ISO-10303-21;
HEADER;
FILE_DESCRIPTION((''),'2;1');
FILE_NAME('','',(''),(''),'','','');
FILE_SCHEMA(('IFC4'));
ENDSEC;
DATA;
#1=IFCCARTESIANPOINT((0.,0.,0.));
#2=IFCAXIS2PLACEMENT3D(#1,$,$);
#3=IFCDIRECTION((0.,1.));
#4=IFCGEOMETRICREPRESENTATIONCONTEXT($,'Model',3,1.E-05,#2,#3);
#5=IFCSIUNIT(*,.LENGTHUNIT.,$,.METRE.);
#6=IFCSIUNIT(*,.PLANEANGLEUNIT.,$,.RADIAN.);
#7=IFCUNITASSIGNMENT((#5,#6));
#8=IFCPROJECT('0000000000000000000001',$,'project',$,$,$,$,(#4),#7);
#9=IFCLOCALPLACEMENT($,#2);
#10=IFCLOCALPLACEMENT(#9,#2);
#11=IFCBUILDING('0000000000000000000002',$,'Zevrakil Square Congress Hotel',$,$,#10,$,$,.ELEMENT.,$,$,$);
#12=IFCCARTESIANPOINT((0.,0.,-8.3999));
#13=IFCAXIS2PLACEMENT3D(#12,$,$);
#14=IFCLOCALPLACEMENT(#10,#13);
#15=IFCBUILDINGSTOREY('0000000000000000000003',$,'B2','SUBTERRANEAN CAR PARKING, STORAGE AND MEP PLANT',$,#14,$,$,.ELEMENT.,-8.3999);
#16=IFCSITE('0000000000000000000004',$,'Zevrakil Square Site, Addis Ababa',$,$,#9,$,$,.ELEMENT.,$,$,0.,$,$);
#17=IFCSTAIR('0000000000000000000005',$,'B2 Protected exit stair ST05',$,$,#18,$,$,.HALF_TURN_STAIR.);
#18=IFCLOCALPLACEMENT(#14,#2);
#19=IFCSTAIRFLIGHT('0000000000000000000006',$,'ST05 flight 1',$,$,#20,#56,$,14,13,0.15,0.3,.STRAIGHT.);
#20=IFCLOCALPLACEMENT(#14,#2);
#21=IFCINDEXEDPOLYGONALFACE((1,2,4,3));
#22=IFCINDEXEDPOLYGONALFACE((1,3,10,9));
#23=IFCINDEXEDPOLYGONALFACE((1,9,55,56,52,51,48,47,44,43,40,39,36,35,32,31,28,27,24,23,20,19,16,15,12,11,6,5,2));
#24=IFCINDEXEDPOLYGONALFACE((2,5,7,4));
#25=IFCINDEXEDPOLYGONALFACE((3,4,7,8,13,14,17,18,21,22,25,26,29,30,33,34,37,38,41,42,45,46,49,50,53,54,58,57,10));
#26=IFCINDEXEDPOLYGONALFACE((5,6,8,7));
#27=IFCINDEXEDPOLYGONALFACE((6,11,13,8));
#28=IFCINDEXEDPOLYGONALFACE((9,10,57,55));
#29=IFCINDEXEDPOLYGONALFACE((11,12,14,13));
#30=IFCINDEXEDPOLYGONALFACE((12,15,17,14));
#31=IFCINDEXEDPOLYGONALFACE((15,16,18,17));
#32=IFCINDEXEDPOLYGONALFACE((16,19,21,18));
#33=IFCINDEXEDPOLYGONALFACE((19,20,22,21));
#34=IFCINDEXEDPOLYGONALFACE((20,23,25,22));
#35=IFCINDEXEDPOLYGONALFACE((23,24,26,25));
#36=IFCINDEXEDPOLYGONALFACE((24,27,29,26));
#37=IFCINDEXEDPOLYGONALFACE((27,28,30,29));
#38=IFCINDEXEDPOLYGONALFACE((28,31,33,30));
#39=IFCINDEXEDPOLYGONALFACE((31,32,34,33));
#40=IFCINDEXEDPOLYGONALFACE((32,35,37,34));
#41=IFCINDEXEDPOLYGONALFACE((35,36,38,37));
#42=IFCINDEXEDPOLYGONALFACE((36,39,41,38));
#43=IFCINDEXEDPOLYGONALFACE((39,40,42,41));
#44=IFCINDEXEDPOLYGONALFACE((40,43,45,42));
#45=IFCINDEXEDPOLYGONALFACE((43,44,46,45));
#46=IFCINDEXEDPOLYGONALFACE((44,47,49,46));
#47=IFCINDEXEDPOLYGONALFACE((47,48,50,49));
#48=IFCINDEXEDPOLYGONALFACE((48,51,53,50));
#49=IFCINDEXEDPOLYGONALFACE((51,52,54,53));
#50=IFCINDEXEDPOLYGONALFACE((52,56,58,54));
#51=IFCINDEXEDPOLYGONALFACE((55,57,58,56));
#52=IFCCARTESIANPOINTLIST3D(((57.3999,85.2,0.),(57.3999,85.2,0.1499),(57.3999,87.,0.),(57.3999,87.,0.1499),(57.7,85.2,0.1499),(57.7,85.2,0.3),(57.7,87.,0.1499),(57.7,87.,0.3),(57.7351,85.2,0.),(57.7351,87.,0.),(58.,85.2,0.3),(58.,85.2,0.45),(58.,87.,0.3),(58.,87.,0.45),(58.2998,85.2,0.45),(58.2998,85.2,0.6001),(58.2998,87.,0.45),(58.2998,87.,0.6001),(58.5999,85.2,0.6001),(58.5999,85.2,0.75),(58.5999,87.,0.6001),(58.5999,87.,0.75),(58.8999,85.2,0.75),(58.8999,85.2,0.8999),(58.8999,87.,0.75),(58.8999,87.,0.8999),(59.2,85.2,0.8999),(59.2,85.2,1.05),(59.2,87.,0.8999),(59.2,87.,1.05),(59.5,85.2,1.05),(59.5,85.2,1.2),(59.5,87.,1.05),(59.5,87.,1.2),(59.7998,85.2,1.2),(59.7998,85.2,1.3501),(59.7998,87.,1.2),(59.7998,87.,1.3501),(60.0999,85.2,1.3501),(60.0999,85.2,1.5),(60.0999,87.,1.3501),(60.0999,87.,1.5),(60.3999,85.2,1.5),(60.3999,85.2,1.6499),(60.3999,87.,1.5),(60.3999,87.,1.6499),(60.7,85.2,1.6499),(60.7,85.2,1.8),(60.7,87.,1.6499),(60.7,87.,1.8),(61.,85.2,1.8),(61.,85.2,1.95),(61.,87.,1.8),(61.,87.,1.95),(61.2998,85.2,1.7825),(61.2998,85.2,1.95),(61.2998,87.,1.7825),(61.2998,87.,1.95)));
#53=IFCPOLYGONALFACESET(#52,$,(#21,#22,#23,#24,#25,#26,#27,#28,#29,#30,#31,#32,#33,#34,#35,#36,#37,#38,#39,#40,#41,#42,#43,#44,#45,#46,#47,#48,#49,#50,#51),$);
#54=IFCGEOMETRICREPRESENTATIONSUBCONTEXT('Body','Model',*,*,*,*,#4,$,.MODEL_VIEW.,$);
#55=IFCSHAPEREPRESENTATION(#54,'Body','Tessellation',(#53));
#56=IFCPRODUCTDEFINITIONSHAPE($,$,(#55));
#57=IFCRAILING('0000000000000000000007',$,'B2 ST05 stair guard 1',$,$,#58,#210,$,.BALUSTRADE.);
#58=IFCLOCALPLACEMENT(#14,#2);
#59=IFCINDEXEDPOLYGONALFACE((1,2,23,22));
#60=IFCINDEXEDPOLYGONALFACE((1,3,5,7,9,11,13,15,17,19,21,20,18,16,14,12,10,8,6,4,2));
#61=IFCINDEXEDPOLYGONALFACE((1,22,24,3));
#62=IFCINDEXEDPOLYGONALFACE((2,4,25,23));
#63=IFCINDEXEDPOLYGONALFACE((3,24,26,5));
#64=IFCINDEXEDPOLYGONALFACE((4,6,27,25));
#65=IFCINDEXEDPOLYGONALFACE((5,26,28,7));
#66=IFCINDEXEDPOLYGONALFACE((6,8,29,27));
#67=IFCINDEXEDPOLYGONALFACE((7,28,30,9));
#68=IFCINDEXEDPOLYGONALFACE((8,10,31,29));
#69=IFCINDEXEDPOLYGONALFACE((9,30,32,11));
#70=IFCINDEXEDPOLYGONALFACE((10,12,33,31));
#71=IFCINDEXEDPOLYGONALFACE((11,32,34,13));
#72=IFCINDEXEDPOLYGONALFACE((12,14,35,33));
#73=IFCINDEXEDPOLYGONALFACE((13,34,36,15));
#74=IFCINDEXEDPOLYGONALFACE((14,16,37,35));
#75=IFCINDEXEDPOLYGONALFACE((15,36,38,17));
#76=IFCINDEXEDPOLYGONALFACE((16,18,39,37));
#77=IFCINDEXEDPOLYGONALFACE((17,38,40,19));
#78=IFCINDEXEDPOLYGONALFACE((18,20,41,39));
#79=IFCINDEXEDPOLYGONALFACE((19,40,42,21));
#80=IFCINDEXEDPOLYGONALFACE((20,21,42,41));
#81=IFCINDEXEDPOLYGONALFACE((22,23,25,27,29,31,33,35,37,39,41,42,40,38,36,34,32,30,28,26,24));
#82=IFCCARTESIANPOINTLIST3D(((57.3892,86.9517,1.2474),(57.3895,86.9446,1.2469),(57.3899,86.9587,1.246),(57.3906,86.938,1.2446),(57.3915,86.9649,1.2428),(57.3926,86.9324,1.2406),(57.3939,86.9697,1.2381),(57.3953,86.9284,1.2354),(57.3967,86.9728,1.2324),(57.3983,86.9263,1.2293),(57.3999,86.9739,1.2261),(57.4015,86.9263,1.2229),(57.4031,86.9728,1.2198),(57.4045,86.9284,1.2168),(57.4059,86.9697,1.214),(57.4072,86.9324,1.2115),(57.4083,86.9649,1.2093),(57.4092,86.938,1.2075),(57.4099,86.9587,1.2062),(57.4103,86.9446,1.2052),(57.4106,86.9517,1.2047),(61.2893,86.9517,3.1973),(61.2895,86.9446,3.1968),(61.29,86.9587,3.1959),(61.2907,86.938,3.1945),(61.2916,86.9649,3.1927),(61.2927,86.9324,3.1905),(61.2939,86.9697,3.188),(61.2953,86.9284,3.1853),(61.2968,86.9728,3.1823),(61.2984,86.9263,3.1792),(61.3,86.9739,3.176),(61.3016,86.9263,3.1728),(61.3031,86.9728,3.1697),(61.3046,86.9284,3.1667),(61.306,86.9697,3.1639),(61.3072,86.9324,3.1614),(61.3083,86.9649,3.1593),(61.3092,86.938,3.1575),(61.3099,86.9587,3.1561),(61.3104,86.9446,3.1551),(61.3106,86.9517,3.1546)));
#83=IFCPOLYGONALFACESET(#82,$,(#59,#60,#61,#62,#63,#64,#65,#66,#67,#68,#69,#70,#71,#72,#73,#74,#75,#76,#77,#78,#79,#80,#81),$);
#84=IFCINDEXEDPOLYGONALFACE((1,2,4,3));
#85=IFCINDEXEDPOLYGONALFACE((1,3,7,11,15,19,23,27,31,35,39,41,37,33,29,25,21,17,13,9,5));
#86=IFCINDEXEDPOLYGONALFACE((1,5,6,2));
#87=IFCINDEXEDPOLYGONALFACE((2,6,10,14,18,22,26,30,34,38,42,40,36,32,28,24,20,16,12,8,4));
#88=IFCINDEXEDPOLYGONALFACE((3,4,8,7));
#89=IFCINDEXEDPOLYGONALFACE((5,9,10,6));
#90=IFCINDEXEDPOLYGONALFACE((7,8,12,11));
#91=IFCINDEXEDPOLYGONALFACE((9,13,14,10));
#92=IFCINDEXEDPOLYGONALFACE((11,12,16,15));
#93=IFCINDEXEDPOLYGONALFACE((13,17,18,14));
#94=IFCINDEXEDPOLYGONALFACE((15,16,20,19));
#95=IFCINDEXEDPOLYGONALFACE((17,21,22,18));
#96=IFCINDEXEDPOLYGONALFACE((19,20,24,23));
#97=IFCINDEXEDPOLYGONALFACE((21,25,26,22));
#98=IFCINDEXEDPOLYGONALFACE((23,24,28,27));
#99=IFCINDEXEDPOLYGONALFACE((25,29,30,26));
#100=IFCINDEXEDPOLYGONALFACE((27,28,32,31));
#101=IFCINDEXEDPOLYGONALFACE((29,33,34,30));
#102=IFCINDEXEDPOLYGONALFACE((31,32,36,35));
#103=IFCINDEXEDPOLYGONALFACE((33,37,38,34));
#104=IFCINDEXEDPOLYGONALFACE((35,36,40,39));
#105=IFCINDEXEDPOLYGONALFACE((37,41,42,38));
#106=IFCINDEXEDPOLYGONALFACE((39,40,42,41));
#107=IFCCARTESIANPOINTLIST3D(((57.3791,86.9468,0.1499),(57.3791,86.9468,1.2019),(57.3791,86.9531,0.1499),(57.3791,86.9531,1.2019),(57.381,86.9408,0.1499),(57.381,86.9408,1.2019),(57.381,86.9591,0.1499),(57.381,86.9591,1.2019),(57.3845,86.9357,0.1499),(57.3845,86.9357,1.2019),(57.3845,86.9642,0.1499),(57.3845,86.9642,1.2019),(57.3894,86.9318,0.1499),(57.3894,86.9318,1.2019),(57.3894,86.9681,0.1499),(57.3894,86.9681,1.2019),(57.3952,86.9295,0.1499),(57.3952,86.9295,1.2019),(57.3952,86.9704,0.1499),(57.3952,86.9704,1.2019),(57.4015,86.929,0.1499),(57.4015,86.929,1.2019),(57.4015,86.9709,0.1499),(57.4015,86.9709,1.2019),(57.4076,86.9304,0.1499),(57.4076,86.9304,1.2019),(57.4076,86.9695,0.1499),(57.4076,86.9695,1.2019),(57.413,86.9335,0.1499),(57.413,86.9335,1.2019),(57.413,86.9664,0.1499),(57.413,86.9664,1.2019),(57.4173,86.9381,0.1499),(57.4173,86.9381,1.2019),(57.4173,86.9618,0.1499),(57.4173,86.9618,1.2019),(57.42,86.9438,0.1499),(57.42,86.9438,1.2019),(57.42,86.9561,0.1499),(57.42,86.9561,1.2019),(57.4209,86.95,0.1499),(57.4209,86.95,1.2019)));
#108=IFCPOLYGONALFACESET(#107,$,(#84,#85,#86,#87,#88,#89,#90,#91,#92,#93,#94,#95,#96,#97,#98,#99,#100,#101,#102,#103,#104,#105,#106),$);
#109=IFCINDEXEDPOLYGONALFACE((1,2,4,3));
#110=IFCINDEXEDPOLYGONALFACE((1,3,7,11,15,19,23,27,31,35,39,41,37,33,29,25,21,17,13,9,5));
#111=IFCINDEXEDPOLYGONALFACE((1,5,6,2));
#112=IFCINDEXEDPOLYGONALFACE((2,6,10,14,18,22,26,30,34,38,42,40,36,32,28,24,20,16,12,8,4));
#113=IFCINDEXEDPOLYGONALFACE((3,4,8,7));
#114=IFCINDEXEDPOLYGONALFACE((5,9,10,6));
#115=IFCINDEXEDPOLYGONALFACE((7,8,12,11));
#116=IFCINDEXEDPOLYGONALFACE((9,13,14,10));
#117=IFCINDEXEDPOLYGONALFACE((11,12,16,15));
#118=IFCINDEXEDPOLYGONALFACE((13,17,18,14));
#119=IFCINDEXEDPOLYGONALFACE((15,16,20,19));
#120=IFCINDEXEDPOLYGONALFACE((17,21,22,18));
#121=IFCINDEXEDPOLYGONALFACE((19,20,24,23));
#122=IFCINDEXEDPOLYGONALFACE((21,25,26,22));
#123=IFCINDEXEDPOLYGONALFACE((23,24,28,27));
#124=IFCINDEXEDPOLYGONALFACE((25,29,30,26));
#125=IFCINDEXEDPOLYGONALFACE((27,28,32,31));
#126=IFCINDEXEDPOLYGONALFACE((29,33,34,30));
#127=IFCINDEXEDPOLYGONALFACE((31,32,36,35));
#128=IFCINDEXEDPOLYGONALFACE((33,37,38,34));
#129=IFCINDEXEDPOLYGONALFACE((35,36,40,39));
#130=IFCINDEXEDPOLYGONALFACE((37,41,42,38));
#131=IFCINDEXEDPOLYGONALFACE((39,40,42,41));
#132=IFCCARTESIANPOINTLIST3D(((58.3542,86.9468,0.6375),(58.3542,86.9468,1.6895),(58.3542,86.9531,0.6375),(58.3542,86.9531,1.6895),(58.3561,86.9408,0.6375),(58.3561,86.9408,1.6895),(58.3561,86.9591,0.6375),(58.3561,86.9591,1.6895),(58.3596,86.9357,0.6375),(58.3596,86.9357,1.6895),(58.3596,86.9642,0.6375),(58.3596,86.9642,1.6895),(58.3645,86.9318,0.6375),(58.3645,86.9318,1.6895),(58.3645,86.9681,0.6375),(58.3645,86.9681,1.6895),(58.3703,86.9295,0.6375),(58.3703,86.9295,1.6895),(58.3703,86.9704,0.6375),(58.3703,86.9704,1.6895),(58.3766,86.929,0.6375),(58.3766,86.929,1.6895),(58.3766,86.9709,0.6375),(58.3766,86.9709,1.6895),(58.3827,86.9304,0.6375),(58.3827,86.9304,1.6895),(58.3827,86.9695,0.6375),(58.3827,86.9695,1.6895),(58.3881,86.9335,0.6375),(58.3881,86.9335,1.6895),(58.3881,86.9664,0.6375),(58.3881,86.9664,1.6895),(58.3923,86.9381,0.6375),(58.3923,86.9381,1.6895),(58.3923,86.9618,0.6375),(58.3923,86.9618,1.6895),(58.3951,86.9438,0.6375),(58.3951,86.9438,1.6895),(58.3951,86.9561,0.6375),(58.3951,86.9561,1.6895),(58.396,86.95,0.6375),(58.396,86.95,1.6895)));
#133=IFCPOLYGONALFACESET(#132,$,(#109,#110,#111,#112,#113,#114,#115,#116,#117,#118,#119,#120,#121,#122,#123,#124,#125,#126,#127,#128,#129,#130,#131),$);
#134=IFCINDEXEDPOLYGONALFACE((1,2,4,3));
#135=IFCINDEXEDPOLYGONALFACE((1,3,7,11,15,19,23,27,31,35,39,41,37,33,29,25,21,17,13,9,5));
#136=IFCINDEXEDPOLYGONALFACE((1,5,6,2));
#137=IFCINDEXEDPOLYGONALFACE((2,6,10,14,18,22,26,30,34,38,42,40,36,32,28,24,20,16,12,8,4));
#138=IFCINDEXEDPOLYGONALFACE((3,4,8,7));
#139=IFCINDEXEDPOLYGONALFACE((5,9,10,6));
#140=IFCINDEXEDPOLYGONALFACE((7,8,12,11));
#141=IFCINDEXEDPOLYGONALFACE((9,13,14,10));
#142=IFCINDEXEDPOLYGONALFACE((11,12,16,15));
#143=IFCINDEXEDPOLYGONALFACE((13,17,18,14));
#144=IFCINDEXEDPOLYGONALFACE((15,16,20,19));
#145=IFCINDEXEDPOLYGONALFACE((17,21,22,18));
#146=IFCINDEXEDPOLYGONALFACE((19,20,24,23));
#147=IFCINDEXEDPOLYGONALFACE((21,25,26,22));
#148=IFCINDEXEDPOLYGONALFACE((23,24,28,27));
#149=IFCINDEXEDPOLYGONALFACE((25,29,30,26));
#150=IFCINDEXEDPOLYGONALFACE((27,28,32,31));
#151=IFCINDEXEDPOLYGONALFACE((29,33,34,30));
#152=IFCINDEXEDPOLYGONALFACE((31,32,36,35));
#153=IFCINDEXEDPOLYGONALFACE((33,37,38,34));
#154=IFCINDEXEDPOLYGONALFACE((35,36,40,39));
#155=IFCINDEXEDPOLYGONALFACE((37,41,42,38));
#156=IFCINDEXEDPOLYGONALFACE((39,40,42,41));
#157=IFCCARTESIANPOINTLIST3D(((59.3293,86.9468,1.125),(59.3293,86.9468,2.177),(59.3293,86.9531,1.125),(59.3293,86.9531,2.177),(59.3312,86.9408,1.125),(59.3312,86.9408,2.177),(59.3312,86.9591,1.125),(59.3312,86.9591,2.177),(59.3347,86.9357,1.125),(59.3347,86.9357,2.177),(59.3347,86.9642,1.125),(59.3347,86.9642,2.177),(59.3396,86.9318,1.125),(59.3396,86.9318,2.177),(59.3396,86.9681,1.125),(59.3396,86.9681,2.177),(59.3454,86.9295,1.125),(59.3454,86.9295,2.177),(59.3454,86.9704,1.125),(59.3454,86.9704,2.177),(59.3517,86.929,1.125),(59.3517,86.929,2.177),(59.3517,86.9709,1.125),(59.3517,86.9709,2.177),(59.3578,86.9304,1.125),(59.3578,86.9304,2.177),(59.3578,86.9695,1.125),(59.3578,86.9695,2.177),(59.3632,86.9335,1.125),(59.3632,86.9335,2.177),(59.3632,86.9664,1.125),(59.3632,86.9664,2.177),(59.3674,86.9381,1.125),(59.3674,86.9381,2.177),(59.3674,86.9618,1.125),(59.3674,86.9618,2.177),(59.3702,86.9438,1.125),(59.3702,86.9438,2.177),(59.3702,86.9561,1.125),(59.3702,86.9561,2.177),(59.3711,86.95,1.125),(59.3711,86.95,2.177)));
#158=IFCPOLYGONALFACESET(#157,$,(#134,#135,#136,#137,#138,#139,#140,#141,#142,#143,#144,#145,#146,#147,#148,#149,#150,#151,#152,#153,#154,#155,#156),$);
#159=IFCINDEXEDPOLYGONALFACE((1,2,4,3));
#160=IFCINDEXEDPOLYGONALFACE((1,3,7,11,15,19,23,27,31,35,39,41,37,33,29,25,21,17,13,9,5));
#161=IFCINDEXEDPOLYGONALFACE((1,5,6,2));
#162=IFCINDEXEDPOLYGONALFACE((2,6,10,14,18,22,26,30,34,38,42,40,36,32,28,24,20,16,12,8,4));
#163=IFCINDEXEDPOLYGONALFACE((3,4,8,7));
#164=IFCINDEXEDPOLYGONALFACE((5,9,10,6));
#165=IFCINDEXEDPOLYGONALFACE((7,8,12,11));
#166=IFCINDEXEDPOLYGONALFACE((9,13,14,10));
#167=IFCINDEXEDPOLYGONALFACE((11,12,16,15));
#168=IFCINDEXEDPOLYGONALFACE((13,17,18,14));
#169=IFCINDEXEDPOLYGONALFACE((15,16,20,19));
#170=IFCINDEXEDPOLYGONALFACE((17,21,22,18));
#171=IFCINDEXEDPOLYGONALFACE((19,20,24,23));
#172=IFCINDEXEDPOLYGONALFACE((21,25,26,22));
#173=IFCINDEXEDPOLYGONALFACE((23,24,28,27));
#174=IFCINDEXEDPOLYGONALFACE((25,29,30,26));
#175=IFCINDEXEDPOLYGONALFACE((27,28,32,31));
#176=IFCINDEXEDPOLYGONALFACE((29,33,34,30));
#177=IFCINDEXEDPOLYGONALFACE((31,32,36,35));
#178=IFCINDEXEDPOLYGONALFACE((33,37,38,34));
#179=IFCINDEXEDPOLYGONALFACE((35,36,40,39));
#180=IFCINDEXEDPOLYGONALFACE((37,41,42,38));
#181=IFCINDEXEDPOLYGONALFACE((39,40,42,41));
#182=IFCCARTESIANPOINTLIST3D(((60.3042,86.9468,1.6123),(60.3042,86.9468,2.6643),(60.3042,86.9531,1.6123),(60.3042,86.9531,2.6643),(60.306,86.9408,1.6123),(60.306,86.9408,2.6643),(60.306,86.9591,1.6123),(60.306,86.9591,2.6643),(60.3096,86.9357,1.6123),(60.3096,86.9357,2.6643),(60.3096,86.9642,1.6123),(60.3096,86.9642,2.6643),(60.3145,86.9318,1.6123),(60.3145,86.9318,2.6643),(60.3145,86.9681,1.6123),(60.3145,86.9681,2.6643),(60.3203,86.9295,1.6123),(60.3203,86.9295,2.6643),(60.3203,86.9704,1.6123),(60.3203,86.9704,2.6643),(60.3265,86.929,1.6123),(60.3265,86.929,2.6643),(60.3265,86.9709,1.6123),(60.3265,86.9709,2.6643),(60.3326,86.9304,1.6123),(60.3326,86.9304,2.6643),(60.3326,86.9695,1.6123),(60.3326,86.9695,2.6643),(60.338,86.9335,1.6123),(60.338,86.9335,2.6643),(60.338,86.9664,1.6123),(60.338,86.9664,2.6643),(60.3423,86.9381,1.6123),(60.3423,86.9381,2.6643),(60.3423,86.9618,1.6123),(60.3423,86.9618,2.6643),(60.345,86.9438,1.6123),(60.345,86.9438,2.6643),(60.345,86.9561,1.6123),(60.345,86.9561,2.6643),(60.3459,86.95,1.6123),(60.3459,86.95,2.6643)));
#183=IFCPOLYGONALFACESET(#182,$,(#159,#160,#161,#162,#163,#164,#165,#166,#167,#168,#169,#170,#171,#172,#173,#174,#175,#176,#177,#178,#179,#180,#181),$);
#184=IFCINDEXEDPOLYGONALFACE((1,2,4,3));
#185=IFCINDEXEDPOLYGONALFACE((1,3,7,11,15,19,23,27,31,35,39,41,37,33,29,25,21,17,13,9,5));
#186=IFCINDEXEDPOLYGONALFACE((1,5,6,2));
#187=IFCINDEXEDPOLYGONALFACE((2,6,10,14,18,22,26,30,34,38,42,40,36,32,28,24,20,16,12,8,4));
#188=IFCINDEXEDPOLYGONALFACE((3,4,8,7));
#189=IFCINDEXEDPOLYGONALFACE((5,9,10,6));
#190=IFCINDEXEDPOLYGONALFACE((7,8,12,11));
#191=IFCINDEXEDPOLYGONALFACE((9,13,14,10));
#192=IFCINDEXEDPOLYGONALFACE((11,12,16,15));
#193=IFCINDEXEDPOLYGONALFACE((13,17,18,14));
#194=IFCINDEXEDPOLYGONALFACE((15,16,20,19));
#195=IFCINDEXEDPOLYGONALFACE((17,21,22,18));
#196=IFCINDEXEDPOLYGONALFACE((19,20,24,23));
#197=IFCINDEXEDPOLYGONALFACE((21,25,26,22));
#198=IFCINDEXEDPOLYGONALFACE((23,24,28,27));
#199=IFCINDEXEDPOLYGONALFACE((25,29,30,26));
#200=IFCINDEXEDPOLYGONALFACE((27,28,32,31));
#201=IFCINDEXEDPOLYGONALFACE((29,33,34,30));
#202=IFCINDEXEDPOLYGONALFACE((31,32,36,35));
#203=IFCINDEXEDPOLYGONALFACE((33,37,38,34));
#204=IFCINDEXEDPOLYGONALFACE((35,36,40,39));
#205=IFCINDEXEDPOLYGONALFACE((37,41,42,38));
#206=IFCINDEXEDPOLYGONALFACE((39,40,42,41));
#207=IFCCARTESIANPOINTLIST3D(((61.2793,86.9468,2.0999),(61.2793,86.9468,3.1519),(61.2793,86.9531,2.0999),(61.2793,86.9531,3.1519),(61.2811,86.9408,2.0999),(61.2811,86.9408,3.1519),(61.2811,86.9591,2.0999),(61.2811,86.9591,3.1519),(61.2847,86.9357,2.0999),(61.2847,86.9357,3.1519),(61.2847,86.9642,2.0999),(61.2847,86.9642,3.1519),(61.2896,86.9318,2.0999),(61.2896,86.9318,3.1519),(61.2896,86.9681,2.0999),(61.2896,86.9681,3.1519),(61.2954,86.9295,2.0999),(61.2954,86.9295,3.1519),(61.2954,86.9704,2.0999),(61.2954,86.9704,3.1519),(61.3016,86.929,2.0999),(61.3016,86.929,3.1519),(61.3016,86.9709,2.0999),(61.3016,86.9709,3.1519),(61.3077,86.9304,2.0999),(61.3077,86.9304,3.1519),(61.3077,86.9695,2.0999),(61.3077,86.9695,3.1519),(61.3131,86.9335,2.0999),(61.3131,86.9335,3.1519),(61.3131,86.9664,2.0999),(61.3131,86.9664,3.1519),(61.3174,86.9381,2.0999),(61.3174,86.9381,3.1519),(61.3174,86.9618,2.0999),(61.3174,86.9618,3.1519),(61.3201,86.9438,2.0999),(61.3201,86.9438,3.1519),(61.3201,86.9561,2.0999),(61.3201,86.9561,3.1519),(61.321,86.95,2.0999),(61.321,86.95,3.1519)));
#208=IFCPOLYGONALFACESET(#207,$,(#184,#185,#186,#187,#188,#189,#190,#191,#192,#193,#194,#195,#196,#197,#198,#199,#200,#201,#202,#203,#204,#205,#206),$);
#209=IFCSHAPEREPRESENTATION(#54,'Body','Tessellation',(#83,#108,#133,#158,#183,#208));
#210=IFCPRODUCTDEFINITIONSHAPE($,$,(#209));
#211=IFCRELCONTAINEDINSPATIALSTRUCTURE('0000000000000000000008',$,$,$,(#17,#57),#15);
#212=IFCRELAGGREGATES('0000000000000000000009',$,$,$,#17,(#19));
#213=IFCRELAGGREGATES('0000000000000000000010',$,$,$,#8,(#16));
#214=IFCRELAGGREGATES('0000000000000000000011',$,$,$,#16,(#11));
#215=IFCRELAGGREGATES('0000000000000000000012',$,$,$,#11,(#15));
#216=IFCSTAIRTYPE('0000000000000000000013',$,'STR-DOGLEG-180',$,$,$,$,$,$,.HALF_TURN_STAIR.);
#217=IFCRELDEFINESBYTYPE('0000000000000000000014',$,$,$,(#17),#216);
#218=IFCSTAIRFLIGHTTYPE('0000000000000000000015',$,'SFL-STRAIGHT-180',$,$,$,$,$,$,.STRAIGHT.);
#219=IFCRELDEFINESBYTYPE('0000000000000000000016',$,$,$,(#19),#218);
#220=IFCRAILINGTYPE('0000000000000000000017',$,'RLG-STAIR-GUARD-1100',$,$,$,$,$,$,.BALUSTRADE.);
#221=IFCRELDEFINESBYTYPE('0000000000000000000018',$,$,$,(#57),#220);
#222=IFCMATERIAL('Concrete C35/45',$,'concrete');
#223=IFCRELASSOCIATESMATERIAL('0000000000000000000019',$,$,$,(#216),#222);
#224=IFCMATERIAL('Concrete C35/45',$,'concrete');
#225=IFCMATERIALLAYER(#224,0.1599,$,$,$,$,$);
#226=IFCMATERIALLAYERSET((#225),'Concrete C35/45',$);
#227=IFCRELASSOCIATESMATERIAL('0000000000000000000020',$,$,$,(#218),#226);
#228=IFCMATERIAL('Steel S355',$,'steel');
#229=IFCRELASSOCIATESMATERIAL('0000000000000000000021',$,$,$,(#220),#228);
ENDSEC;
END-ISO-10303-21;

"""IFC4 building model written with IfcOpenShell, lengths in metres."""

from ifc_helpers import new_model, si_unit, direction, frame, origin, origin_2d, place, context, subcontext, project, spatial, polyline, circle, outline, extrude, material, layer, layer_set, type_object, element, aggregate, save


model = new_model("IFC4")

# Units and contexts
model_context = context("Model", 3, precision=1e-05, world=origin(), true_north=direction((0.0, 1.0)))
body_context = subcontext(model_context, "Body", "Model", "MODEL_VIEW")
ifc_project = project(units=[si_unit("LENGTHUNIT", "METRE"), si_unit("PLANEANGLEUNIT", "RADIAN")], contexts=[model_context])

# Site, building, storey
site_placement = place(None, origin())
site = spatial("IfcSite", under=ifc_project, at=site_placement, Name="Zevrakil Square Site, Addis Ababa", CompositionType="ELEMENT", RefElevation=0.0)
building_placement = place(site_placement, origin())
building = spatial("IfcBuilding", under=site, at=building_placement, Name="Zevrakil Square Congress Hotel", CompositionType="ELEMENT")
storey_placement = place(building_placement, frame((0.0, 0.0, -8.3999)))
storey = spatial("IfcBuildingStorey", under=building, at=storey_placement, Name="B2", Description="SUBTERRANEAN CAR PARKING, STORAGE AND MEP PLANT", CompositionType="ELEMENT", Elevation=-8.3999)

# Stair, stair flight
ifc_material_1 = material(Name="Concrete C35/45", Category="concrete")
stair_type = type_object("IfcStairType", Name="STR-DOGLEG-180", PredefinedType="HALF_TURN_STAIR", material=ifc_material_1)
stair_placement = place(storey_placement, origin())
stair = element("IfcStair", 1, at=stair_placement, inside=storey, type_object=stair_type, Name="B2 Protected exit stair ST05", PredefinedType="HALF_TURN_STAIR")
ifc_material_2 = material(Name="Concrete C35/45", Category="concrete")
ifc_layer_1 = layer(ifc_material_2, 0.1599)
ifc_layer_set_1 = layer_set([ifc_layer_1], Name="Concrete C35/45")
stair_flight_type = type_object("IfcStairFlightType", Name="SFL-STRAIGHT-180", PredefinedType="STRAIGHT", material=ifc_layer_set_1)
stair_flight_placement = place(storey_placement, frame((57.3999, 86.1001, 0.0), z_axis=(0.0, 0.0, 1.0), x_axis=(1.0, 0.0, 0.0)))
stair_flight = element("IfcStairFlight", 2, at=stair_flight_placement, type_object=stair_flight_type, Name="ST05 flight 1", NumberOfRisers=14, NumberOfTreads=13, PredefinedType="STRAIGHT", RiserHeight=0.15, TreadLength=0.3, context=body_context, shape_type="SweptSolid", body=[
    extrude(outline(polyline([(0.0, 0.0), (0.0, 0.1499), (0.3, 0.1499), (0.3, 0.3), (0.6001, 0.3), (0.6001, 0.45), (0.8999, 0.45), (0.8999, 0.6001), (1.2, 0.6001), (1.2, 0.75), (1.5, 0.75), (1.5, 0.8999), (1.8, 0.8999), (1.8, 1.05), (2.1001, 1.05), (2.1001, 1.2), (2.3999, 1.2), (2.3999, 1.3501), (2.7, 1.3501), (2.7, 1.5), (3.0, 1.5), (3.0, 1.6499), (3.3, 1.6499), (3.3, 1.8), (3.6001, 1.8), (3.6001, 1.95), (3.8999, 1.95), (3.8999, 2.1001), (3.8999, 1.7825), (0.3352, 0.0), (0.0, 0.0)])), frame((0.0, 0.8999, 0.0), z_axis=(0.0, -1.0, 0.0), x_axis=(1.0, 0.0, 0.0)), (0.0, 0.0, 1.0), 1.8),
])
aggregate(stair, [stair_flight])

# Railing
ifc_material_3 = material(Name="Steel S355", Category="steel")
railing_type_1 = type_object("IfcRailingType", Name="RLG-STAIR-GUARD-1100", PredefinedType="BALUSTRADE", material=ifc_material_3)
railing_1_placement = place(storey_placement, frame((57.3999, 86.95, 0.1499)))
element("IfcRailing", 3, at=railing_1_placement, inside=storey, type_object=railing_type_1, Name="B2 ST05 stair guard 1", PredefinedType="BALUSTRADE", context=body_context, shape_type="SweptSolid", body=[
    extrude(circle(Radius=0.0239, at=origin_2d()), frame((0.0, 0.0, 1.0762), z_axis=(0.894438, 0.0, 0.447191), x_axis=(0.0, 1.0, 0.0)), (0.0, 0.0, 1.0), 4.3604),
    extrude(circle(Radius=0.021, at=origin_2d()), origin(), (0.0, 0.0, 1.0), 1.052),
    extrude(circle(Radius=0.021, at=origin_2d()), frame((0.9751, 0.0, 0.4875)), (0.0, 0.0, 1.0), 1.052),
    extrude(circle(Radius=0.021, at=origin_2d()), frame((1.9502, 0.0, 0.9751)), (0.0, 0.0, 1.0), 1.052),
    extrude(circle(Radius=0.021, at=origin_2d()), frame((2.925, 0.0, 1.4624)), (0.0, 0.0, 1.0), 1.052),
    extrude(circle(Radius=0.021, at=origin_2d()), frame((3.9001, 0.0, 1.95)), (0.0, 0.0, 1.0), 1.052),
])

save(model, "model.ifc")
